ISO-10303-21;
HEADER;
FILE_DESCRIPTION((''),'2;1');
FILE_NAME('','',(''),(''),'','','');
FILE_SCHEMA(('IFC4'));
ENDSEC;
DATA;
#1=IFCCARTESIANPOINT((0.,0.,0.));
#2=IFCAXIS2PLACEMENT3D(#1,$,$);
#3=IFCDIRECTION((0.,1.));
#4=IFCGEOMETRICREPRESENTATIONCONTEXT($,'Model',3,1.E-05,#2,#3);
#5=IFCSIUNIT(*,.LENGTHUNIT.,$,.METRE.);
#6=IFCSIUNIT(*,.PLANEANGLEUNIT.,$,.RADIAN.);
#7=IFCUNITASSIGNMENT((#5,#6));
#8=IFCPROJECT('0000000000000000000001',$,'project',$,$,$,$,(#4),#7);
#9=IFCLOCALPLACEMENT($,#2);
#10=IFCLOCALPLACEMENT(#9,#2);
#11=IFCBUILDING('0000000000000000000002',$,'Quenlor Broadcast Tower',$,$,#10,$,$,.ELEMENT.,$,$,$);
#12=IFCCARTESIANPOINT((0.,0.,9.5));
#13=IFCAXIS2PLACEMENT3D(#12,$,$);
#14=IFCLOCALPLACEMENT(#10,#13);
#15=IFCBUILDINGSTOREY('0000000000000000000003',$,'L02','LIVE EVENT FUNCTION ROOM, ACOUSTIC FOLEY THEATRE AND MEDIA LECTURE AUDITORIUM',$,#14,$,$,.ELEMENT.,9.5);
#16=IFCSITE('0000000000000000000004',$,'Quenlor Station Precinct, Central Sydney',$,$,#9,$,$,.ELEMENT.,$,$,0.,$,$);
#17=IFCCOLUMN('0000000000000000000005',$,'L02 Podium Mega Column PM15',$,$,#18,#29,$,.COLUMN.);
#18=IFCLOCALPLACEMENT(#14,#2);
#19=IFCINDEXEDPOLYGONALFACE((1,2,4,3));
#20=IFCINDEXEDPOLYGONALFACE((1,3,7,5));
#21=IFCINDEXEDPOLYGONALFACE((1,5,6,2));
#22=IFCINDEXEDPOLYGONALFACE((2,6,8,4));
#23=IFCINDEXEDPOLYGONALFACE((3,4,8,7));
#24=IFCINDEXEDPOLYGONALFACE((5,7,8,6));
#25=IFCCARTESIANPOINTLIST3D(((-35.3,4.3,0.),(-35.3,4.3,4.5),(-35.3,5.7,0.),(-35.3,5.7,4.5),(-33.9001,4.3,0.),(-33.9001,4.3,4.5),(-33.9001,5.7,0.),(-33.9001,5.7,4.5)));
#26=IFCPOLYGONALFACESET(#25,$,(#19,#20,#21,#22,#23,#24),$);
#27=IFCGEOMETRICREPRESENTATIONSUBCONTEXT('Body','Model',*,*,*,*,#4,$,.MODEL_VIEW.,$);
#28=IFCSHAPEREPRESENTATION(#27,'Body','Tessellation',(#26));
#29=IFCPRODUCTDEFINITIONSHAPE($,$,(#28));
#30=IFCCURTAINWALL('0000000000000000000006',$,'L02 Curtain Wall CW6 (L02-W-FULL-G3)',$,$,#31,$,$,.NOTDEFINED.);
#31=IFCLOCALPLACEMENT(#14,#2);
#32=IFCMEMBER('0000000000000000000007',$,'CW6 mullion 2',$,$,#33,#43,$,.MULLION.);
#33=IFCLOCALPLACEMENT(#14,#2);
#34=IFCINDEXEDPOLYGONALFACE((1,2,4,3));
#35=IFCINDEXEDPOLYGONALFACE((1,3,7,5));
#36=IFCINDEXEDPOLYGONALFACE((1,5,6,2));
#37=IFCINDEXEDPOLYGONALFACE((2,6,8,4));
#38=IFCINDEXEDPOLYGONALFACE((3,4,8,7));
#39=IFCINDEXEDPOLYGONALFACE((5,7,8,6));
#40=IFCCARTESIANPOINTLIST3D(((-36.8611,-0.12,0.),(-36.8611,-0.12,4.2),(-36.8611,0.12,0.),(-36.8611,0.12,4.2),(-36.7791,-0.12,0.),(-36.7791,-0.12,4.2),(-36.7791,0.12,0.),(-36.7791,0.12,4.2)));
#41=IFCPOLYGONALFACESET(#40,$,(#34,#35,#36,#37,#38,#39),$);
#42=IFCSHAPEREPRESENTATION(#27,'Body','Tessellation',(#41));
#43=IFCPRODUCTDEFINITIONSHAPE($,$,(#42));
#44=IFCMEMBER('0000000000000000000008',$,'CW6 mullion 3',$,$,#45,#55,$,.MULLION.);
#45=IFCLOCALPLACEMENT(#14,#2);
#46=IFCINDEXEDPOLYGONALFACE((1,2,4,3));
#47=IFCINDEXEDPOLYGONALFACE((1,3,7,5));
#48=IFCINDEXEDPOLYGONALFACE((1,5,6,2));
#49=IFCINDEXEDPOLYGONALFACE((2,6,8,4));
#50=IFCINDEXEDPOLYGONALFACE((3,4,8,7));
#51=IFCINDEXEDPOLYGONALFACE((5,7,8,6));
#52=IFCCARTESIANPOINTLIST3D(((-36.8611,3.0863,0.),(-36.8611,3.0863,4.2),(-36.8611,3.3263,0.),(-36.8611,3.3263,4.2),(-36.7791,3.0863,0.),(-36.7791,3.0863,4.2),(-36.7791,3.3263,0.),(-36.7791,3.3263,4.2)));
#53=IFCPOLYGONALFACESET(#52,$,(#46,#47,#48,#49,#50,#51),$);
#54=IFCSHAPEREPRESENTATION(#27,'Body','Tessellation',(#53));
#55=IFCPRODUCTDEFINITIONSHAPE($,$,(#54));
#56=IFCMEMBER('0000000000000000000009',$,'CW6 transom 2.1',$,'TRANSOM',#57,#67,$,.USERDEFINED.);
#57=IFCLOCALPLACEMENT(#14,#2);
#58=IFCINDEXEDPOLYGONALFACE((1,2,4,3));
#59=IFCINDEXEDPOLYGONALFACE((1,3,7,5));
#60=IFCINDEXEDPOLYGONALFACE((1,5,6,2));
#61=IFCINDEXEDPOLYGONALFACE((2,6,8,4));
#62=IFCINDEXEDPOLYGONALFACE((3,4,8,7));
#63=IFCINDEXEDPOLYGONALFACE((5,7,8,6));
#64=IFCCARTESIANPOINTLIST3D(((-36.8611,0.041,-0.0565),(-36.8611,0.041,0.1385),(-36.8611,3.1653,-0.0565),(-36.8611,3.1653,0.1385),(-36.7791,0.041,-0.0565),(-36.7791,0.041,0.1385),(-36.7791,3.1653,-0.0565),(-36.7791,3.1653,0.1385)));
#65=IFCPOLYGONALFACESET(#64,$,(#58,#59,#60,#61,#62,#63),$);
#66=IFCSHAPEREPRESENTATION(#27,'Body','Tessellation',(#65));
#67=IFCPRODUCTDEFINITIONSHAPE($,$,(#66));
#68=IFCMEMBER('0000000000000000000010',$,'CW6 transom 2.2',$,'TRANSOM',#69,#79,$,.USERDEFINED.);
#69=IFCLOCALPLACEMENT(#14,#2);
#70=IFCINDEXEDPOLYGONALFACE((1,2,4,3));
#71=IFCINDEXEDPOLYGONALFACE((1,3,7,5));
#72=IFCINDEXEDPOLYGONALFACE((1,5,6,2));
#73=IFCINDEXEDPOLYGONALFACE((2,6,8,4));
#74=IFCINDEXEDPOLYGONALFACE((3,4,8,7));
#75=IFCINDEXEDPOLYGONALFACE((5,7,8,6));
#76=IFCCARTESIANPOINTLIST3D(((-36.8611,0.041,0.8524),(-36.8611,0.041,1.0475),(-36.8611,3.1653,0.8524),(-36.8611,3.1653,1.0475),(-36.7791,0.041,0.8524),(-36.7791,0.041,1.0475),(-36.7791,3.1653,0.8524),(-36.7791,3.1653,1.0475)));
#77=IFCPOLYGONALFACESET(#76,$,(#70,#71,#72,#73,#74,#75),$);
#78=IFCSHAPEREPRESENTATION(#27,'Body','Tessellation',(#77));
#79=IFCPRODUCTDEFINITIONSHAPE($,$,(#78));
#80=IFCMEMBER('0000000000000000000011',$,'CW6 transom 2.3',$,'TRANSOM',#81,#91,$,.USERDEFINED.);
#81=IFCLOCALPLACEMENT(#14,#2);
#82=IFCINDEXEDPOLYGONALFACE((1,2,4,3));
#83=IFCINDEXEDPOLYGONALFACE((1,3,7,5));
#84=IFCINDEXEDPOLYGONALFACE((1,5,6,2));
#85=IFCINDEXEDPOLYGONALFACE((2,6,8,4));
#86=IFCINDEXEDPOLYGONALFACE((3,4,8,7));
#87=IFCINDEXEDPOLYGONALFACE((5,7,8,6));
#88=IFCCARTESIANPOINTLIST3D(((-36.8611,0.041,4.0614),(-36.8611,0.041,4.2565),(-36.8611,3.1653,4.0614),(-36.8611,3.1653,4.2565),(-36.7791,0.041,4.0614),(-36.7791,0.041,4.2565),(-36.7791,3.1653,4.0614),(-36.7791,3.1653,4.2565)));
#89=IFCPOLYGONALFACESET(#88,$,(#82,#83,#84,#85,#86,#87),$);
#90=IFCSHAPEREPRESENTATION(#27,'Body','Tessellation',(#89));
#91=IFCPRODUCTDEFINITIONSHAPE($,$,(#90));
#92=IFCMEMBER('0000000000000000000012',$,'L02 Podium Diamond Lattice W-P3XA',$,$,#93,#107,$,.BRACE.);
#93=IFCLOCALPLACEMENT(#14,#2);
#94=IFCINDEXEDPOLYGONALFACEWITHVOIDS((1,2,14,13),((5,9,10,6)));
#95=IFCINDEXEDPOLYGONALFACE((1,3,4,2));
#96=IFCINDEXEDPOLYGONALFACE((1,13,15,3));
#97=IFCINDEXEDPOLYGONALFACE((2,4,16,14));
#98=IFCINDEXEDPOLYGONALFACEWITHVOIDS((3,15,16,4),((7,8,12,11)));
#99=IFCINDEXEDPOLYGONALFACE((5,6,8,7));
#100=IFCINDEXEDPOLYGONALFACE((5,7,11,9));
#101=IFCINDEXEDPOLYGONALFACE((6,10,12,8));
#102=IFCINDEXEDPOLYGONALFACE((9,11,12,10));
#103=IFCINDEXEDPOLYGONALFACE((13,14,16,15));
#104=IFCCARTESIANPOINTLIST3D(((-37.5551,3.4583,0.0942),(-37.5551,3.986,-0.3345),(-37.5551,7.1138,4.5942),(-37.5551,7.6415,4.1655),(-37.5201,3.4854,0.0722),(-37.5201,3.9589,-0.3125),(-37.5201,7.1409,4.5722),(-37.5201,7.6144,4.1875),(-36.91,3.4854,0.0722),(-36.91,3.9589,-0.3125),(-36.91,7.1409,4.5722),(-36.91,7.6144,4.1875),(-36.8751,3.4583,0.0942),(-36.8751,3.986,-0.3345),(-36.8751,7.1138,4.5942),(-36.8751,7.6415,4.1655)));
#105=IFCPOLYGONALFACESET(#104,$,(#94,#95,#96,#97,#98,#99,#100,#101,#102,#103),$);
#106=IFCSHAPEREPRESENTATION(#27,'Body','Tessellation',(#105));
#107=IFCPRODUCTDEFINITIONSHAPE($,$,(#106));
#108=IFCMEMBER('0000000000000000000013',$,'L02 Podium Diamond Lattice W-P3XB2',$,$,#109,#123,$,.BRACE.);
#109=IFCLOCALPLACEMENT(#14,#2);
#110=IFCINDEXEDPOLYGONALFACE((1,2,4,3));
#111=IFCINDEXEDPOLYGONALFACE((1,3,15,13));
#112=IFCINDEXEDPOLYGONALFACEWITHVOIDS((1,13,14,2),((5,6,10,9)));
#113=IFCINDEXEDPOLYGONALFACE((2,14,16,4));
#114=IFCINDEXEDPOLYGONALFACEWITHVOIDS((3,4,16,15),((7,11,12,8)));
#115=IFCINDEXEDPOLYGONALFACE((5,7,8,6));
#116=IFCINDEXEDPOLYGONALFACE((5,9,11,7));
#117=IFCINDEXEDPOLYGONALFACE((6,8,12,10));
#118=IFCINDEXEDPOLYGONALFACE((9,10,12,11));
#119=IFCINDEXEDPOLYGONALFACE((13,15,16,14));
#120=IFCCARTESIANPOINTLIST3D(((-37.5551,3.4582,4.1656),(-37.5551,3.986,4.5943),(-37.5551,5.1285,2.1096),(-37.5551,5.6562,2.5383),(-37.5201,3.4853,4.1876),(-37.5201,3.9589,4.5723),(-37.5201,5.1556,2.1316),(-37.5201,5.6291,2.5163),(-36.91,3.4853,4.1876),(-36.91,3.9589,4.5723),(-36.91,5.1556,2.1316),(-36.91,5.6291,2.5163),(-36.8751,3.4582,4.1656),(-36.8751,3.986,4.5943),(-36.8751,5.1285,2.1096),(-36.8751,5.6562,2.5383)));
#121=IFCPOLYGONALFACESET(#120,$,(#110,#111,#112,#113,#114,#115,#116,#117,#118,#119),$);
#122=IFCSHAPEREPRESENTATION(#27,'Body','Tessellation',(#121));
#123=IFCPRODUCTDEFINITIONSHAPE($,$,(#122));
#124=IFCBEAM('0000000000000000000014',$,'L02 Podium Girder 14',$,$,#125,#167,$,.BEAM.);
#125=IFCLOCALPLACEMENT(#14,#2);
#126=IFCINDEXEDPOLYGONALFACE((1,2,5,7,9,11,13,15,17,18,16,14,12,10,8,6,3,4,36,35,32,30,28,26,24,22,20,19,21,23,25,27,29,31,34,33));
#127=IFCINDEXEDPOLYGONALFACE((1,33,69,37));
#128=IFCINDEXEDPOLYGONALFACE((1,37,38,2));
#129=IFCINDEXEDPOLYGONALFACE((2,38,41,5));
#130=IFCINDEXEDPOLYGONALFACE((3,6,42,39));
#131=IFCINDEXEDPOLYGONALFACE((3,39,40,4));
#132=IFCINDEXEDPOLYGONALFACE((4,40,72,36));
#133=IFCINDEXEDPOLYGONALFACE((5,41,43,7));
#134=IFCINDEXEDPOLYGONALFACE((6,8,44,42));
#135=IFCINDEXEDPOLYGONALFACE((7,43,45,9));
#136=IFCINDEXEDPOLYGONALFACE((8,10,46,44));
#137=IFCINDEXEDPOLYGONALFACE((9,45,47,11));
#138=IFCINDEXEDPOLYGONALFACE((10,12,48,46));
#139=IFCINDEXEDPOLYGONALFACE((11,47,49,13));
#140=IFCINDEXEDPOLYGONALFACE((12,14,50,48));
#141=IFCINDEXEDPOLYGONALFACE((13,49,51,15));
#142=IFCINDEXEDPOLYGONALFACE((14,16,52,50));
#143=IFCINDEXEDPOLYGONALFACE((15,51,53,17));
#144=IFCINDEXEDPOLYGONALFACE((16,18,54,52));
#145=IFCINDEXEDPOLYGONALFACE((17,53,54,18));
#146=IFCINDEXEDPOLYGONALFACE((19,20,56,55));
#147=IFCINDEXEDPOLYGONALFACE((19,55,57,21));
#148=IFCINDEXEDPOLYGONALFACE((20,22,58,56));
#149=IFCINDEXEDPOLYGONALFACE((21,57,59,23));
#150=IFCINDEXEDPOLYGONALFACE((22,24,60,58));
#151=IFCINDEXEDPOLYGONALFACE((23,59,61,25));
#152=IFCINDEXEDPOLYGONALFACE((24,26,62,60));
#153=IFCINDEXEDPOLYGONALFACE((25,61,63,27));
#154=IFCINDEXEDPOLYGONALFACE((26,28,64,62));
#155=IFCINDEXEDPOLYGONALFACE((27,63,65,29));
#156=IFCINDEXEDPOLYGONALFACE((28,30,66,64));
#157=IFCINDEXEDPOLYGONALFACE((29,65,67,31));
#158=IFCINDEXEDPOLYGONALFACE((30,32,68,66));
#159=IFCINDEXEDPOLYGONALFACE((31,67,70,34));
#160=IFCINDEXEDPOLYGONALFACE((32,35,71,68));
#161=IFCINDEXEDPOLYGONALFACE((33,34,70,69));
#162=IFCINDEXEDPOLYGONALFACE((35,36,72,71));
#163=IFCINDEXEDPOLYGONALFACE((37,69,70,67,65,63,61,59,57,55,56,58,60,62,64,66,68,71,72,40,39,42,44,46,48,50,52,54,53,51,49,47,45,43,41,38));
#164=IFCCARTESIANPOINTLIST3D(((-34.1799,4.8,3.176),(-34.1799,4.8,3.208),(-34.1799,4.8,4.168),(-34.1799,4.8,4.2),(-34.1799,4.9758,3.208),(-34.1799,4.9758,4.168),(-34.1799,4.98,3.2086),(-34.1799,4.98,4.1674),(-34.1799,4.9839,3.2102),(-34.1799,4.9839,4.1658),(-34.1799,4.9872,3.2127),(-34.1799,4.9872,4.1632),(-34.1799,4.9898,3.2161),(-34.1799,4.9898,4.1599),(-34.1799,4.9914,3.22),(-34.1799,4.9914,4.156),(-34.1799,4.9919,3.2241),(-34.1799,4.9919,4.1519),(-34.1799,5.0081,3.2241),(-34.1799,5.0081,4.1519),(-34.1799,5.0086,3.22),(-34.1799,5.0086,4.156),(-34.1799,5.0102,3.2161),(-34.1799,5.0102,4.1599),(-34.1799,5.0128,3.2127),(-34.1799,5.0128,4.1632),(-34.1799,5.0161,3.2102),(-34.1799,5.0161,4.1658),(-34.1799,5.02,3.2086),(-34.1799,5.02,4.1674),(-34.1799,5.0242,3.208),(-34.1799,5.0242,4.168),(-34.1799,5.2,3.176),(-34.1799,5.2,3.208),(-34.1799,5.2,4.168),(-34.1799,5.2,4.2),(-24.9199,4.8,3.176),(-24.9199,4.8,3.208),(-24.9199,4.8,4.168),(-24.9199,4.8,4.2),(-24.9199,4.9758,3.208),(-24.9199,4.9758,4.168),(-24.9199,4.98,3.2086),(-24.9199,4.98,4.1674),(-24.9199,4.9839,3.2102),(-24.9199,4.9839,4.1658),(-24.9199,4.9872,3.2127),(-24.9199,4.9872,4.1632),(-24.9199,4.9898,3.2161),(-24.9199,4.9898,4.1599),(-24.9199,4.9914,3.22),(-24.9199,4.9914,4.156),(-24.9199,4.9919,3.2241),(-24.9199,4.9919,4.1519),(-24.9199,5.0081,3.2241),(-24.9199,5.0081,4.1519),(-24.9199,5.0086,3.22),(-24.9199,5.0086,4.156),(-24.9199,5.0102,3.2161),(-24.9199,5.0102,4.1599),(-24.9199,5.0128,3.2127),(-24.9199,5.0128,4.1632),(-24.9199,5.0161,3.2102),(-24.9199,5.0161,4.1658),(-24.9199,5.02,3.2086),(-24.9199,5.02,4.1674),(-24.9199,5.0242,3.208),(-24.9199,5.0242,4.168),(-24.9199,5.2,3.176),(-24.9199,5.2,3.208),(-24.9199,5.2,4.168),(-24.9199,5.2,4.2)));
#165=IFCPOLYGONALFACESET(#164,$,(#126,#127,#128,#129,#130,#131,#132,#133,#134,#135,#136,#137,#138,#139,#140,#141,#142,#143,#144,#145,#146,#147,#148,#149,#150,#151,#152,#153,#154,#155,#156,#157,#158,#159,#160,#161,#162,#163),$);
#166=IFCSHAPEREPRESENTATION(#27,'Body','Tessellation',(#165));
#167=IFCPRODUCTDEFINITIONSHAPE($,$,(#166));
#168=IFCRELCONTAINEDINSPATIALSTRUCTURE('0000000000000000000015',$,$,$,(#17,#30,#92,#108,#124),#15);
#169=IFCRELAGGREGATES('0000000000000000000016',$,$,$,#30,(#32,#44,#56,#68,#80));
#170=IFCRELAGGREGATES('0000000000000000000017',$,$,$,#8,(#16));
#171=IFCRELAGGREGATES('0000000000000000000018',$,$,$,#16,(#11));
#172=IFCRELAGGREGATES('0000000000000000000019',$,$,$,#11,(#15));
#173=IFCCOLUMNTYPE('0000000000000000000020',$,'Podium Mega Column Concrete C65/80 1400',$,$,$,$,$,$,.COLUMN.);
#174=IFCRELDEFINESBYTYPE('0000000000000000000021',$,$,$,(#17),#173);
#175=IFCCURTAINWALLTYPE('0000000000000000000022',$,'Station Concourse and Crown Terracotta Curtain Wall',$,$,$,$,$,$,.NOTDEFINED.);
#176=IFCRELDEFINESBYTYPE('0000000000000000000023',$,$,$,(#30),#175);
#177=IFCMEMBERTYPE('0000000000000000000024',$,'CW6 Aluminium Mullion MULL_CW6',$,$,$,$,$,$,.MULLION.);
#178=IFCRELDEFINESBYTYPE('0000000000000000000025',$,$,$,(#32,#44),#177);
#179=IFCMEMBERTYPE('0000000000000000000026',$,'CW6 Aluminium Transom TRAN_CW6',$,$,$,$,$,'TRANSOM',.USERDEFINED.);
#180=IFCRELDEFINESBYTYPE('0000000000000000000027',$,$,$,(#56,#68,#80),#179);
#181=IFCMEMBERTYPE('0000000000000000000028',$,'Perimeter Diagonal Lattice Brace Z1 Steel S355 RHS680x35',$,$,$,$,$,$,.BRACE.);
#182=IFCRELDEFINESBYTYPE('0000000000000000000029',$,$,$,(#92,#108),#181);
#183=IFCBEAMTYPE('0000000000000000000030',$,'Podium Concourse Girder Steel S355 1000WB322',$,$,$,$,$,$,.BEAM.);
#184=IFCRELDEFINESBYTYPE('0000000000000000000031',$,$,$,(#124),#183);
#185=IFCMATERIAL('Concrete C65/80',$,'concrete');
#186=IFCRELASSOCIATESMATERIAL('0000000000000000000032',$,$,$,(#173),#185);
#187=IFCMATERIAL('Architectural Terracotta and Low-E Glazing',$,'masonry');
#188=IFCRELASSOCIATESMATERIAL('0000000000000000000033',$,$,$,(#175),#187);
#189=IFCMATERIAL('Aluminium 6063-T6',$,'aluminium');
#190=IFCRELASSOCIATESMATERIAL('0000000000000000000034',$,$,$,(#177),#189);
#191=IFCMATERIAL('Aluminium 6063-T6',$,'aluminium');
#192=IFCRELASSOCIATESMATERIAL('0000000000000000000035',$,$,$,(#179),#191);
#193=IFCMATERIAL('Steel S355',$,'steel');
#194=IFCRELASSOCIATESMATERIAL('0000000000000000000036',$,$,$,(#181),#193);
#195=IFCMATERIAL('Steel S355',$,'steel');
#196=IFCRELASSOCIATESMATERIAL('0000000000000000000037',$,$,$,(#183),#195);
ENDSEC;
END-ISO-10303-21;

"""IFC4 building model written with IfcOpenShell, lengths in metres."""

from ifc_helpers import new_model, si_unit, direction, frame, origin, origin_2d, place, context, subcontext, project, spatial, rectangle, hollow_rectangle, i_section, extrude, material, material_profile, profile_set, type_object, element, aggregate, save


model = new_model("IFC4")

# Units and contexts
model_context = context("Model", 3, precision=1e-05, world=origin(), true_north=direction((0.0, 1.0)))
body_context = subcontext(model_context, "Body", "Model", "MODEL_VIEW")
ifc_project = project(units=[si_unit("LENGTHUNIT", "METRE"), si_unit("PLANEANGLEUNIT", "RADIAN")], contexts=[model_context])

# Site, building, storey
site_placement = place(None, origin())
site = spatial("IfcSite", under=ifc_project, at=site_placement, Name="Quenlor Station Precinct, Central Sydney", CompositionType="ELEMENT", RefElevation=0.0)
building_placement = place(site_placement, origin())
building = spatial("IfcBuilding", under=site, at=building_placement, Name="Quenlor Broadcast Tower", CompositionType="ELEMENT")
storey_placement = place(building_placement, frame((0.0, 0.0, 9.5)))
storey = spatial("IfcBuildingStorey", under=building, at=storey_placement, Name="L02", Description="LIVE EVENT FUNCTION ROOM, ACOUSTIC FOLEY THEATRE AND MEDIA LECTURE AUDITORIUM", CompositionType="ELEMENT", Elevation=9.5)

# Column
ifc_material_1 = material(Name="Concrete C65/80", Category="concrete")
ifc_material_profile_1 = material_profile(ifc_material_1, rectangle(XDim=1.3999, YDim=1.3999, at=origin_2d()))
ifc_profile_set_1 = profile_set([ifc_material_profile_1], Name="Concrete C65/80 RC1400x1400")
column_type = type_object("IfcColumnType", Name="Podium Mega Column Concrete C65/80 1400", PredefinedType="COLUMN", material=ifc_profile_set_1)
column_placement = place(storey_placement, frame((-34.6001, 5.0, 0.0), z_axis=(0.0, 0.0, 1.0), x_axis=(1.0, 0.0, 0.0)))
element("IfcColumn", 1, at=column_placement, inside=storey, type_object=column_type, Name="L02 Podium Mega Column PM15", PredefinedType="COLUMN", context=body_context, shape_type="SweptSolid", body=[
    extrude(rectangle(XDim=1.3999, YDim=1.3999, at=origin_2d()), origin(), (0.0, 0.0, 1.0), 4.5),
])

# Curtain wall, members
ifc_material_2 = material(Name="Architectural Terracotta and Low-E Glazing", Category="masonry")
curtain_wall_type = type_object("IfcCurtainWallType", Name="Station Concourse and Crown Terracotta Curtain Wall", PredefinedType="NOTDEFINED", material=ifc_material_2)
curtain_wall_placement = place(storey_placement, origin())
curtain_wall = element("IfcCurtainWall", 2, at=curtain_wall_placement, inside=storey, type_object=curtain_wall_type, Name="L02 Curtain Wall CW6 (L02-W-FULL-G3)", PredefinedType="NOTDEFINED")
ifc_material_3 = material(Name="Aluminium 6063-T6", Category="aluminium")
ifc_material_profile_2 = material_profile(ifc_material_3, rectangle(XDim=0.082, YDim=0.24, at=origin_2d()))
ifc_profile_set_2 = profile_set([ifc_material_profile_2], Name="Aluminium 6063-T6 MULL82x240")
member_type_1 = type_object("IfcMemberType", Name="CW6 Aluminium Mullion MULL_CW6", PredefinedType="MULLION", material=ifc_profile_set_2)
member_1_placement = place(storey_placement, frame((-36.8201, 0.0, 0.0), z_axis=(0.0, 0.0, 1.0), x_axis=(-1.0, 0.0, 0.0)))
member_1 = element("IfcMember", 3, at=member_1_placement, type_object=member_type_1, Name="CW6 mullion 2", PredefinedType="MULLION", context=body_context, shape_type="SweptSolid", body=[
    extrude(rectangle(XDim=0.082, YDim=0.24, at=origin_2d()), origin(), (0.0, 0.0, 1.0), 4.2),
])
member_2_placement = place(storey_placement, frame((-36.8201, 3.2063, 0.0), z_axis=(0.0, 0.0, 1.0), x_axis=(-1.0, 0.0, 0.0)))
member_2 = element("IfcMember", 4, at=member_2_placement, type_object=member_type_1, Name="CW6 mullion 3", PredefinedType="MULLION", context=body_context, shape_type="SweptSolid", body=[
    extrude(rectangle(XDim=0.082, YDim=0.24, at=origin_2d()), origin(), (0.0, 0.0, 1.0), 4.2),
])
ifc_material_4 = material(Name="Aluminium 6063-T6", Category="aluminium")
ifc_material_profile_3 = material_profile(ifc_material_4, rectangle(XDim=0.082, YDim=0.1951, at=origin_2d()))
ifc_profile_set_3 = profile_set([ifc_material_profile_3], Name="Aluminium 6063-T6 TRAN82x195")
member_type_2 = type_object("IfcMemberType", Name="CW6 Aluminium Transom TRAN_CW6", ElementType="TRANSOM", PredefinedType="USERDEFINED", material=ifc_profile_set_3)
member_3_placement = place(storey_placement, frame((-36.8201, 0.041, 0.041), z_axis=(0.0, 1.0, 0.0), x_axis=(-1.0, 0.0, 0.0)))
member_3 = element("IfcMember", 5, at=member_3_placement, type_object=member_type_2, Name="CW6 transom 2.1", ObjectType="TRANSOM", PredefinedType="USERDEFINED", context=body_context, shape_type="SweptSolid", body=[
    extrude(rectangle(XDim=0.082, YDim=0.1951, at=origin_2d()), origin(), (0.0, 0.0, 1.0), 3.1243),
])
member_4_placement = place(storey_placement, frame((-36.8201, 0.041, 0.95), z_axis=(0.0, 1.0, 0.0), x_axis=(-1.0, 0.0, 0.0)))
member_4 = element("IfcMember", 6, at=member_4_placement, type_object=member_type_2, Name="CW6 transom 2.2", ObjectType="TRANSOM", PredefinedType="USERDEFINED", context=body_context, shape_type="SweptSolid", body=[
    extrude(rectangle(XDim=0.082, YDim=0.1951, at=origin_2d()), origin(), (0.0, 0.0, 1.0), 3.1243),
])
member_5_placement = place(storey_placement, frame((-36.8201, 0.041, 4.1589), z_axis=(0.0, 1.0, 0.0), x_axis=(-1.0, 0.0, 0.0)))
member_5 = element("IfcMember", 7, at=member_5_placement, type_object=member_type_2, Name="CW6 transom 2.3", ObjectType="TRANSOM", PredefinedType="USERDEFINED", context=body_context, shape_type="SweptSolid", body=[
    extrude(rectangle(XDim=0.082, YDim=0.1951, at=origin_2d()), origin(), (0.0, 0.0, 1.0), 3.1243),
])

# Members
ifc_material_5 = material(Name="Steel S355", Category="steel")
ifc_material_profile_4 = material_profile(ifc_material_5, hollow_rectangle(XDim=0.6799, YDim=0.6799, WallThickness=0.0349, at=origin_2d()))
ifc_profile_set_4 = profile_set([ifc_material_profile_4], Name="Steel S355 RHS680x680x35")
member_type_3 = type_object("IfcMemberType", Name="Perimeter Diagonal Lattice Brace Z1 Steel S355 RHS680x35", PredefinedType="BRACE", material=ifc_profile_set_4)
member_6_placement = place(storey_placement, frame((-37.2151, 3.7222, -0.1201), z_axis=(0.0, 0.630517, 0.776176), x_axis=(-1.0, 0.0, 0.0)))
element("IfcMember", 8, at=member_6_placement, inside=storey, type_object=member_type_3, Name="L02 Podium Diamond Lattice W-P3XA", PredefinedType="BRACE", context=body_context, shape_type="SweptSolid", body=[
    extrude(hollow_rectangle(XDim=0.6799, YDim=0.6799, WallThickness=0.0349, at=origin_2d()), origin(), (0.0, 0.0, 1.0), 5.7976),
])
member_7_placement = place(storey_placement, frame((-37.2151, 5.3923, 2.324), z_axis=(0.0, -0.630534, 0.776162), x_axis=(1.0, 0.0, 0.0)))
element("IfcMember", 9, at=member_7_placement, inside=storey, type_object=member_type_3, Name="L02 Podium Diamond Lattice W-P3XB2", PredefinedType="BRACE", context=body_context, shape_type="SweptSolid", body=[
    extrude(hollow_rectangle(XDim=0.6799, YDim=0.6799, WallThickness=0.0349, at=origin_2d()), origin(), (0.0, 0.0, 1.0), 2.6489),
])

# Beam
ifc_material_6 = material(Name="Steel S355", Category="steel")
ifc_material_profile_5 = material_profile(ifc_material_6, i_section(OverallWidth=0.3999, OverallDepth=1.0239, WebThickness=0.0161, FlangeThickness=0.032, FilletRadius=0.0161, at=origin_2d()))
ifc_profile_set_5 = profile_set([ifc_material_profile_5], Name="Steel S355 1000WB322")
beam_type_1 = type_object("IfcBeamType", Name="Podium Concourse Girder Steel S355 1000WB322", PredefinedType="BEAM", material=ifc_profile_set_5)
beam_1_placement = place(storey_placement, frame((-34.1799, 5.0, 3.688), z_axis=(1.0, 0.0, 0.0), x_axis=(0.0, 1.0, 0.0)))
element("IfcBeam", 10, at=beam_1_placement, inside=storey, type_object=beam_type_1, Name="L02 Podium Girder 14", PredefinedType="BEAM", context=body_context, shape_type="SweptSolid", body=[
    extrude(i_section(OverallWidth=0.3999, OverallDepth=1.0239, WebThickness=0.0161, FlangeThickness=0.032, FilletRadius=0.0161, at=origin_2d()), origin(), (0.0, 0.0, 1.0), 9.26),
])

aggregate(curtain_wall, [member_1, member_2, member_3, member_4, member_5])

save(model, "model.ifc")
